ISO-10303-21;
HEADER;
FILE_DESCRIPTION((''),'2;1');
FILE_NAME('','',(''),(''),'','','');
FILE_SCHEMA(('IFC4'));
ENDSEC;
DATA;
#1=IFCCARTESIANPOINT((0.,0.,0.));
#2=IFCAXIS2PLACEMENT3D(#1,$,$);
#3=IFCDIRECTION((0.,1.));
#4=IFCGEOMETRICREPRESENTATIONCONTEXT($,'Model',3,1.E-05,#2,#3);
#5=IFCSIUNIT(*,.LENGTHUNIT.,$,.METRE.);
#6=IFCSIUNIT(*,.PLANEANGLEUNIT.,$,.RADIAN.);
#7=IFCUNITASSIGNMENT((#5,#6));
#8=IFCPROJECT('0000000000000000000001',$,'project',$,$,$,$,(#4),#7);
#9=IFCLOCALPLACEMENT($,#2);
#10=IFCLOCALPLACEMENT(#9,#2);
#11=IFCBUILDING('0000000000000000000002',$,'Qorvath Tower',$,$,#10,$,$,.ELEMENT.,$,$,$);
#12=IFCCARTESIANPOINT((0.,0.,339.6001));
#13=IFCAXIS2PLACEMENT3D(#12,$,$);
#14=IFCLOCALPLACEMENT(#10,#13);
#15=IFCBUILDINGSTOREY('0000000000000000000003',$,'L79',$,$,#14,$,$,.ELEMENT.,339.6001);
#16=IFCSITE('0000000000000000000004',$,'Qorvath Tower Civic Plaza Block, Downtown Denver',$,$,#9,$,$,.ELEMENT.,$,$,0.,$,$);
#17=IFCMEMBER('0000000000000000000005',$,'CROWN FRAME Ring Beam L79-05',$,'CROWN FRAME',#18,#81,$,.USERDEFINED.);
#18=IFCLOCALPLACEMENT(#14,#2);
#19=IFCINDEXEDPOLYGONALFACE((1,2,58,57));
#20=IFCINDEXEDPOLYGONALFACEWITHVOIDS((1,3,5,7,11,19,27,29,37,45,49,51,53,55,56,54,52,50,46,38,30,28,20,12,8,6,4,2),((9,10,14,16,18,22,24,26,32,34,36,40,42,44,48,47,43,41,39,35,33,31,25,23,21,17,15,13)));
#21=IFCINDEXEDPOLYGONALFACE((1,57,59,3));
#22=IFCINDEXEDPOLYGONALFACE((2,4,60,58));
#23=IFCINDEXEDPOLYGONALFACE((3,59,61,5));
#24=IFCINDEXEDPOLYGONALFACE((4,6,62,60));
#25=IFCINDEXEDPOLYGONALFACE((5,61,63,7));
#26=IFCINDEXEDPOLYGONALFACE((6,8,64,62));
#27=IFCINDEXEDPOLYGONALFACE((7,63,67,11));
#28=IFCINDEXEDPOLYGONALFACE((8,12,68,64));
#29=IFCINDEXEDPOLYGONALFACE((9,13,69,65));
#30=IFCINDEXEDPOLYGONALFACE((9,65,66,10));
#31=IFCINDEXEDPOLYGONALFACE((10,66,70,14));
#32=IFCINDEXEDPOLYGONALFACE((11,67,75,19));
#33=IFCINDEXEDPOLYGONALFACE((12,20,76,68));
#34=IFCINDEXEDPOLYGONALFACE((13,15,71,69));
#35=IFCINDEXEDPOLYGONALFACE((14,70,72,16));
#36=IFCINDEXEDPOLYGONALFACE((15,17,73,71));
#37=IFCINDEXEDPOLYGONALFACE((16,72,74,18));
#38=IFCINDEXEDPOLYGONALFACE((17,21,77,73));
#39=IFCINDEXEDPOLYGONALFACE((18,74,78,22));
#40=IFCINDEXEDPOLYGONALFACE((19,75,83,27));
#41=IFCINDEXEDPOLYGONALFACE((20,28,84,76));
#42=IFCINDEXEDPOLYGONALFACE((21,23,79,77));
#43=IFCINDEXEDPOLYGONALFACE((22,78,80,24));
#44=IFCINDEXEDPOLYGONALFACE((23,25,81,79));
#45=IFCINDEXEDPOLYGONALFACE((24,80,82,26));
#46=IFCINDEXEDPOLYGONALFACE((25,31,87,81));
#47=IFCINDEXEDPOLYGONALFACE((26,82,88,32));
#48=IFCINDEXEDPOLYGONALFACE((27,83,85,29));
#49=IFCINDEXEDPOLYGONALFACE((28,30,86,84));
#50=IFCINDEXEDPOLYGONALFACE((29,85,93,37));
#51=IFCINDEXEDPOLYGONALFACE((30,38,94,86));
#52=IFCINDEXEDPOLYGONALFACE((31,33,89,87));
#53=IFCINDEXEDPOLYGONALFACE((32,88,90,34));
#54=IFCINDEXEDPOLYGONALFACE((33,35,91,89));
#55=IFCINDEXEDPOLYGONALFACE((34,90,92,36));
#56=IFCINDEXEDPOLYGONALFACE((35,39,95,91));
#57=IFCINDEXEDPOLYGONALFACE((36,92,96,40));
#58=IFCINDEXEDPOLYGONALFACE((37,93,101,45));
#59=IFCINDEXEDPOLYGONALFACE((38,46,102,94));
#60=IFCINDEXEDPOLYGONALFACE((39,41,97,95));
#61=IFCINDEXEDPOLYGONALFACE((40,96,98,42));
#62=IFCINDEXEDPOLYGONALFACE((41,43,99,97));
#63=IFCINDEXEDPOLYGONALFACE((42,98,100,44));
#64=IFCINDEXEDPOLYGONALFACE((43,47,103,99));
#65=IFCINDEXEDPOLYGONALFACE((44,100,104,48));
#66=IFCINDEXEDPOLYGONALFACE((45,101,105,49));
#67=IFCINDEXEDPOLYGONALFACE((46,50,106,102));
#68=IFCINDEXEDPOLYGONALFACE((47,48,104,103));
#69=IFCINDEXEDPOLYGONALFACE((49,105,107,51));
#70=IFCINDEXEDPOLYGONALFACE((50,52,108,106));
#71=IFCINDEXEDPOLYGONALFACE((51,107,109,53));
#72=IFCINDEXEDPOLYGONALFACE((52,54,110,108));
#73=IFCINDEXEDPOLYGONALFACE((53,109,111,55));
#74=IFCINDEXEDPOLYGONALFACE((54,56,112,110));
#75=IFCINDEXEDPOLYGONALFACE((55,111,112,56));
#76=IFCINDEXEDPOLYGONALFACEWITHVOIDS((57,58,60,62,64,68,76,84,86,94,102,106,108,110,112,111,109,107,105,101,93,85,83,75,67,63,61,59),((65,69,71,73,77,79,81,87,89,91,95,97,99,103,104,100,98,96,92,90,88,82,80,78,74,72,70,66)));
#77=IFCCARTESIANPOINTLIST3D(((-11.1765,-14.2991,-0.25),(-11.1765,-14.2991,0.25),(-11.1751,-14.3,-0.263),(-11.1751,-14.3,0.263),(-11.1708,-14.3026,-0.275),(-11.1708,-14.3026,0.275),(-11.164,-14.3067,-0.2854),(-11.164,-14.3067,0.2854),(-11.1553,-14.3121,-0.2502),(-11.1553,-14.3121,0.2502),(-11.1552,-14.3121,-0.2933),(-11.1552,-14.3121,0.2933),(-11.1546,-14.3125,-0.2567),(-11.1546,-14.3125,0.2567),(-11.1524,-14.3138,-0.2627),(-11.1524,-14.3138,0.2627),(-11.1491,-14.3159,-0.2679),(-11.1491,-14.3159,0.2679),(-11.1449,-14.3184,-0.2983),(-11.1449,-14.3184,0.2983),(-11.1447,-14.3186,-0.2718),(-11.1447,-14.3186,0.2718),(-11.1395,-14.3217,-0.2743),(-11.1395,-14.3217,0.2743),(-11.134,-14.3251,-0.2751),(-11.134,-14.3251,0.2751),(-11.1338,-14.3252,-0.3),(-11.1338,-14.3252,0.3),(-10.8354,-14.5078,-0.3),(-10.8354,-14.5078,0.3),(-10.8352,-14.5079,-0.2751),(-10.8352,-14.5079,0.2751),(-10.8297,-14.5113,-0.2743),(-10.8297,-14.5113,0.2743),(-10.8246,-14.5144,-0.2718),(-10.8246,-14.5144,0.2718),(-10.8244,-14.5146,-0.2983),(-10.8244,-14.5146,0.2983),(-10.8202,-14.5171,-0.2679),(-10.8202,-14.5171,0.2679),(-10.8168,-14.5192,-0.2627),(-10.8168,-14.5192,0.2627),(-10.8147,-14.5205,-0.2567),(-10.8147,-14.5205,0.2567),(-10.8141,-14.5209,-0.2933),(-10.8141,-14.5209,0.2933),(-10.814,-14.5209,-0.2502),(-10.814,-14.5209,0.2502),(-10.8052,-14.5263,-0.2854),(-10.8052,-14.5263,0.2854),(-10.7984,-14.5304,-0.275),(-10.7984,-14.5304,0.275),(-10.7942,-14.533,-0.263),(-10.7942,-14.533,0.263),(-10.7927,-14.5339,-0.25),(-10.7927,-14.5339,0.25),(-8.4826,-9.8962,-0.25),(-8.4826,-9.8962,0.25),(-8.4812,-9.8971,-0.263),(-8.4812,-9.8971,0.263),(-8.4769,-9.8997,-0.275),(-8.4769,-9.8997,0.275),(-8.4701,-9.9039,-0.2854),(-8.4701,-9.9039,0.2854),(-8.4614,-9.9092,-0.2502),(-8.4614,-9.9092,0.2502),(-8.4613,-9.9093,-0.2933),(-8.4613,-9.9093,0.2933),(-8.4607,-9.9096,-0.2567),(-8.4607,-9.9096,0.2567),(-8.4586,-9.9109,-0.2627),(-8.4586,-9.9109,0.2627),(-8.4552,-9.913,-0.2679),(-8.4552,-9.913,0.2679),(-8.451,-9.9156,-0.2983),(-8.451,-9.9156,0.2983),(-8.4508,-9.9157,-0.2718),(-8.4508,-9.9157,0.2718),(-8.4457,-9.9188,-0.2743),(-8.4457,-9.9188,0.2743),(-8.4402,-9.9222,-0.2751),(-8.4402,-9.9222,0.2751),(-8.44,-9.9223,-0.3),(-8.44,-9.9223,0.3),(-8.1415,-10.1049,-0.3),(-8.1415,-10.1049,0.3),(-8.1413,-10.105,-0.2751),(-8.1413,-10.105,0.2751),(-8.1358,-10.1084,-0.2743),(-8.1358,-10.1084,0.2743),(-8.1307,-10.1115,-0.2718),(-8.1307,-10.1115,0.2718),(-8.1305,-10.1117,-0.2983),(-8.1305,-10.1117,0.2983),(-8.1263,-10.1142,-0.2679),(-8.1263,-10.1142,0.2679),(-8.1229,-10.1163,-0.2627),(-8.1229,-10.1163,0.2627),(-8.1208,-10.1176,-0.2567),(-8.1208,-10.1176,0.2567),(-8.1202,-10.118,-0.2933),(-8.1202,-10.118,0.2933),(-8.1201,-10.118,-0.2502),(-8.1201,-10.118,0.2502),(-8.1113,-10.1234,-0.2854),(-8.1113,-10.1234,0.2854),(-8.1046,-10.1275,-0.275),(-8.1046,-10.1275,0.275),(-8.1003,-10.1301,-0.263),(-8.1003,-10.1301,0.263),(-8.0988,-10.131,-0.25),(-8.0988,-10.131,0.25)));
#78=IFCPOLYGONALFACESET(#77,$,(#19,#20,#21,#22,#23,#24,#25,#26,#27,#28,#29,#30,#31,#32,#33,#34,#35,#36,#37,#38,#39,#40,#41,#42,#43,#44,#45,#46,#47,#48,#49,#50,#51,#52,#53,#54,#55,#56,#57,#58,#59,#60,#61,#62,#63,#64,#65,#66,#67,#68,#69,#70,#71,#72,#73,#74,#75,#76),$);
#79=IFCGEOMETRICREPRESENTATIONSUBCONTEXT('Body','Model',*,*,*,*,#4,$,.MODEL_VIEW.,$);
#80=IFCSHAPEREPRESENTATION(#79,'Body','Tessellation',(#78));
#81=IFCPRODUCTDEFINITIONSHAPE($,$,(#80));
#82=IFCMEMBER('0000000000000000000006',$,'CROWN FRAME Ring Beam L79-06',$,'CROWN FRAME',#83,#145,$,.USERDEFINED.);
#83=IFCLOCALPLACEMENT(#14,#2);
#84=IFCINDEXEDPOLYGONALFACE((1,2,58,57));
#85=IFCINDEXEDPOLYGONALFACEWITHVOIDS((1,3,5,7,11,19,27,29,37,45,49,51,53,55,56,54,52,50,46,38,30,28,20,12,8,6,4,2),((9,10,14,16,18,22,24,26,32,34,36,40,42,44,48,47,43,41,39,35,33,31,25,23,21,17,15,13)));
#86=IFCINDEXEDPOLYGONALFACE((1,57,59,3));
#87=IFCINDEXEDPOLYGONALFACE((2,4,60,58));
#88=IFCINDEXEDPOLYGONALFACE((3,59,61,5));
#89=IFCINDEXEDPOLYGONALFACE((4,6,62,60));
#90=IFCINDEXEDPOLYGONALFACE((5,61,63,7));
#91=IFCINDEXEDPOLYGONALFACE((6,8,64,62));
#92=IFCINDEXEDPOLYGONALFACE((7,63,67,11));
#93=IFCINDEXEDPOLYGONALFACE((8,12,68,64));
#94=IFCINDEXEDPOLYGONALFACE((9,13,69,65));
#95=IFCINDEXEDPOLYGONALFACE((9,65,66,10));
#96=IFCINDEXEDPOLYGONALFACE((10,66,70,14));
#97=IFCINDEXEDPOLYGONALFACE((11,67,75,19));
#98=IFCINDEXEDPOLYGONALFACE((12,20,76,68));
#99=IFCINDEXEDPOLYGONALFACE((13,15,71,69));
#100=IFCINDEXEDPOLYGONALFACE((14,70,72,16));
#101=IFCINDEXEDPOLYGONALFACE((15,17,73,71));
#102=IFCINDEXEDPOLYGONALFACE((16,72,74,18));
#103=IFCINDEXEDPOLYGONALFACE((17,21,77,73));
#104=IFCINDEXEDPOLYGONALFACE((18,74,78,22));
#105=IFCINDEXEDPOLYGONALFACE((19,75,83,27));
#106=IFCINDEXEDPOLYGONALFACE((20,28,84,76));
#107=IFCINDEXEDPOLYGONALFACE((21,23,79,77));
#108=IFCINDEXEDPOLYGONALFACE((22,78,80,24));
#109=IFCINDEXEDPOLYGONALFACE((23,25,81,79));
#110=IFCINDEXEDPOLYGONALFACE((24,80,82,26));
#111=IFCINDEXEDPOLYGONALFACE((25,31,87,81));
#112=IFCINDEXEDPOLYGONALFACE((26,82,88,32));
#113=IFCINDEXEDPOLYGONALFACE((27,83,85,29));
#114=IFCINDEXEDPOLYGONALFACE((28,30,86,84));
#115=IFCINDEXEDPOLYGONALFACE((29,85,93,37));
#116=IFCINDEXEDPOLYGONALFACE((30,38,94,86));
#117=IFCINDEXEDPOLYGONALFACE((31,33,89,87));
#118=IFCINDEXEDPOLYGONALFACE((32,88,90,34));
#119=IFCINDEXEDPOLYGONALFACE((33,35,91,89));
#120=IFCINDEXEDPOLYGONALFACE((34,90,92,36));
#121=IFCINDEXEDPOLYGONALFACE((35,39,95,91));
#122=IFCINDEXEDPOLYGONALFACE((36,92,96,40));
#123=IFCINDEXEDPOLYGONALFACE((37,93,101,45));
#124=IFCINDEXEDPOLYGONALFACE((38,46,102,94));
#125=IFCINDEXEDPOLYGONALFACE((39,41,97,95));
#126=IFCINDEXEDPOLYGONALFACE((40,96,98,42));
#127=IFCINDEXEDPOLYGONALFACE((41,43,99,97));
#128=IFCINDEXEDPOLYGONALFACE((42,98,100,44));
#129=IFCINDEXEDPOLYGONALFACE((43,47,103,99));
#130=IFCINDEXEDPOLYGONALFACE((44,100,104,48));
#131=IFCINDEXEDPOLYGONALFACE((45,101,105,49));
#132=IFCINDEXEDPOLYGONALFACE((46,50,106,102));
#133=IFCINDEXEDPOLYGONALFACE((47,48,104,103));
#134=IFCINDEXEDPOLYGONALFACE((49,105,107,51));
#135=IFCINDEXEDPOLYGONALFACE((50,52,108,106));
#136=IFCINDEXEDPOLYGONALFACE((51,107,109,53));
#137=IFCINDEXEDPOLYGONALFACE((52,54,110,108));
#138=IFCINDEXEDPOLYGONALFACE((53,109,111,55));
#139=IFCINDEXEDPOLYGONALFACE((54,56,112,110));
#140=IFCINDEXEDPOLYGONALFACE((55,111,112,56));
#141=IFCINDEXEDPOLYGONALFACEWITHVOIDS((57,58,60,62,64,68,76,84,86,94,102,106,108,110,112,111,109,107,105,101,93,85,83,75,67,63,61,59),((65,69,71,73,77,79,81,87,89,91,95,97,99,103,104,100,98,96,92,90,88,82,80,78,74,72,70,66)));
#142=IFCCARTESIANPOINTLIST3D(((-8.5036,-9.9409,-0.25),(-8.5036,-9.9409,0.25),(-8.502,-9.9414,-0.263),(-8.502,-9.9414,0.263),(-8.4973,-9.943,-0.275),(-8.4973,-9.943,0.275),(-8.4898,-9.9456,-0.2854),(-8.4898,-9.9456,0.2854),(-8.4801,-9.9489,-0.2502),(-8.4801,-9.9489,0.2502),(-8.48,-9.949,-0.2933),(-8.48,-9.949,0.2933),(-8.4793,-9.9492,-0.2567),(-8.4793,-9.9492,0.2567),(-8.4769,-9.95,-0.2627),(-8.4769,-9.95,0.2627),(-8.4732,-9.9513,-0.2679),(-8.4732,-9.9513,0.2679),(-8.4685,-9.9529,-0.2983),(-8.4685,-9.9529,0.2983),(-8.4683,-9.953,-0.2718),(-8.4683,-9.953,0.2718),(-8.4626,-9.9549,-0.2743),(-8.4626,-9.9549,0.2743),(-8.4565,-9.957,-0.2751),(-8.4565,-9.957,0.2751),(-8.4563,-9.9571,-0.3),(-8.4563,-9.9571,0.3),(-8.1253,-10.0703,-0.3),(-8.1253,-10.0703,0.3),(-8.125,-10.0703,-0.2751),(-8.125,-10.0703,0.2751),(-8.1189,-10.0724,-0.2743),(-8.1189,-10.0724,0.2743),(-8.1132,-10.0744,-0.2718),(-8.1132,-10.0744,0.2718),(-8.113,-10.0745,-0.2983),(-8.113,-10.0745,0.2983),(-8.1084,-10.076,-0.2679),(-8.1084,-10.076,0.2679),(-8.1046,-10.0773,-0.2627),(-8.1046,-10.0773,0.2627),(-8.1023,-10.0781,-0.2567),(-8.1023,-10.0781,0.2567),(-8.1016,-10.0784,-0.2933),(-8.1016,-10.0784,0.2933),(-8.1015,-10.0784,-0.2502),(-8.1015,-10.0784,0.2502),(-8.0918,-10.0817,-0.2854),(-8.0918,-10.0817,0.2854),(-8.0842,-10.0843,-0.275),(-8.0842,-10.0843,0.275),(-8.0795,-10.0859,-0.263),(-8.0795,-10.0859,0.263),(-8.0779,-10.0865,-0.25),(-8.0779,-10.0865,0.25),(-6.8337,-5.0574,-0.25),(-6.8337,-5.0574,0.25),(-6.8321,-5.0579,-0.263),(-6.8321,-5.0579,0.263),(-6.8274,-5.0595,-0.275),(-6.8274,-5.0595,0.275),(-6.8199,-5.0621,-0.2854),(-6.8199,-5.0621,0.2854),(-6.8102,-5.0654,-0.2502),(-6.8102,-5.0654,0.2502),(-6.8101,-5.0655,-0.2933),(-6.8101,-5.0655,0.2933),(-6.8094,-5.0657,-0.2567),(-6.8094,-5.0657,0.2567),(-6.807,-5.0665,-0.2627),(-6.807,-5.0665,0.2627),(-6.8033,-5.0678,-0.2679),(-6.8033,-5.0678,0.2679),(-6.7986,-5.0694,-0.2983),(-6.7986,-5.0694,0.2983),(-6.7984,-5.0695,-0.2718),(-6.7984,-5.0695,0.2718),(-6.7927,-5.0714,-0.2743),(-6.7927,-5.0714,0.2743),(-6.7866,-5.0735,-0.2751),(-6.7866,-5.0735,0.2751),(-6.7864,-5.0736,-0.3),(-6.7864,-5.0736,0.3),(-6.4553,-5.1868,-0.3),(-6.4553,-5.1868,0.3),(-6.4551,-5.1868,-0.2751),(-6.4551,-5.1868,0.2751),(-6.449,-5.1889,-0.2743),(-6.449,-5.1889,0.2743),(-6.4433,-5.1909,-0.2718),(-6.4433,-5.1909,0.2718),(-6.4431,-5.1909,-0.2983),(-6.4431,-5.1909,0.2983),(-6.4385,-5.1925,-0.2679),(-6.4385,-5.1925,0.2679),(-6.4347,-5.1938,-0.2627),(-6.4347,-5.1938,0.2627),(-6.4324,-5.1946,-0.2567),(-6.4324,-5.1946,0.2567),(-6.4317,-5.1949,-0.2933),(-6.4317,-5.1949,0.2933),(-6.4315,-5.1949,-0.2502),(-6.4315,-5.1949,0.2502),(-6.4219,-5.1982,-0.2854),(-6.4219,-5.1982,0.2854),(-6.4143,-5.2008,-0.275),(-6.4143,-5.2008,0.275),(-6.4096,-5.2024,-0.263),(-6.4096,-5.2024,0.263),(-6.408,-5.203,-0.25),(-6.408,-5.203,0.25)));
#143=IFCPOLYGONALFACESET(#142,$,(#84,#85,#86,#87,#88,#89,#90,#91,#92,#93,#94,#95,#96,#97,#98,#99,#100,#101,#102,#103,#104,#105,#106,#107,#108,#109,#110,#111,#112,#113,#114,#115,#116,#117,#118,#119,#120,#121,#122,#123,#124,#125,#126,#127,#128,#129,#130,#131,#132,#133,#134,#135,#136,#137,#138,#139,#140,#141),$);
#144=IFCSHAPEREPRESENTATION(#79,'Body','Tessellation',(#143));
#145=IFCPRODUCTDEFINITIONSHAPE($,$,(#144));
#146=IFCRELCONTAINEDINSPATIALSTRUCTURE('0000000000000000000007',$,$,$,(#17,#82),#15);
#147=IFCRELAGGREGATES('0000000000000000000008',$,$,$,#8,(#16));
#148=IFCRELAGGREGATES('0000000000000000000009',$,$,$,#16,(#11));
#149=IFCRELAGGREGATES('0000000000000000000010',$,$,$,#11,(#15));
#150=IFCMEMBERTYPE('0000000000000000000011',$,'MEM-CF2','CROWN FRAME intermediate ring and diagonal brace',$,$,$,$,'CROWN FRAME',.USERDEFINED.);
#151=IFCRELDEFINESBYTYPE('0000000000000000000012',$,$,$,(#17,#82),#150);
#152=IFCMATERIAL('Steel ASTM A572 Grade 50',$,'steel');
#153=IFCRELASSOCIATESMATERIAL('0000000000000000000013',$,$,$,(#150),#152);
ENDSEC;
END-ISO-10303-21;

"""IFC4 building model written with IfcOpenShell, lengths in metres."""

from ifc_helpers import new_model, si_unit, direction, frame, origin, origin_2d, place, context, subcontext, project, spatial, hollow_rectangle, extrude, material, material_profile, profile_set, type_object, element, save


model = new_model("IFC4")

# Units and contexts
model_context = context("Model", 3, precision=1e-05, world=origin(), true_north=direction((0.0, 1.0)))
body_context = subcontext(model_context, "Body", "Model", "MODEL_VIEW")
ifc_project = project(units=[si_unit("LENGTHUNIT", "METRE"), si_unit("PLANEANGLEUNIT", "RADIAN")], contexts=[model_context])

# Site, building, storey
site_placement = place(None, origin())
site = spatial("IfcSite", under=ifc_project, at=site_placement, Name="Qorvath Tower Civic Plaza Block, Downtown Denver", CompositionType="ELEMENT", RefElevation=0.0)
building_placement = place(site_placement, origin())
building = spatial("IfcBuilding", under=site, at=building_placement, Name="Qorvath Tower", CompositionType="ELEMENT")
storey_placement = place(building_placement, frame((0.0, 0.0, 339.6001)))
storey = spatial("IfcBuildingStorey", under=building, at=storey_placement, Name="L79", CompositionType="ELEMENT", Elevation=339.6001)

# Members
ifc_material_1 = material(Name="Steel ASTM A572 Grade 50", Category="steel")
ifc_material_profile_1 = material_profile(ifc_material_1, hollow_rectangle(XDim=0.45, YDim=0.6001, WallThickness=0.0249, InnerFilletRadius=0.0249, OuterFilletRadius=0.05, at=origin_2d()), Name="CROWN BOX 600x450x25")
ifc_profile_set_1 = profile_set([ifc_material_profile_1], Name="Steel ASTM A572 Grade 50")
member_type_1 = type_object("IfcMemberType", Name="MEM-CF2", Description="CROWN FRAME intermediate ring and diagonal brace", ElementType="CROWN FRAME", PredefinedType="USERDEFINED", material=ifc_profile_set_1)
member_1_placement = place(storey_placement, frame((-10.9846, -14.4165, 0.0), z_axis=(0.521905, 0.853003, 0.0), x_axis=(-0.853003, 0.521905, 0.0)))
element("IfcMember", 1, at=member_1_placement, inside=storey, type_object=member_type_1, Name="CROWN FRAME Ring Beam L79-05", ObjectType="CROWN FRAME", PredefinedType="USERDEFINED", context=body_context, shape_type="SweptSolid", body=[
    extrude(hollow_rectangle(XDim=0.45, YDim=0.6001, WallThickness=0.0249, InnerFilletRadius=0.0249, OuterFilletRadius=0.05, at=origin_2d()), origin(), (0.0, 0.0, 1.0), 5.1616),
])
for number, where, z_axis, x_axis, name in (
    (2, (-8.2908, -10.0137, 0.0), (0.323555, 0.946209, 0.0), (-0.946209, 0.323555, 0.0), "CROWN FRAME Ring Beam L79-06"),
):
    element("IfcMember", number, at=place(storey_placement, frame(where, z_axis=z_axis, x_axis=x_axis)), inside=storey, type_object=member_type_1, Name=name, ObjectType="CROWN FRAME", PredefinedType="USERDEFINED", context=body_context, shape_type="SweptSolid", body=[
        extrude(hollow_rectangle(XDim=0.45, YDim=0.6001, WallThickness=0.0249, InnerFilletRadius=0.0249, OuterFilletRadius=0.05, at=origin_2d()), origin(), (0.0, 0.0, 1.0), 5.1611),
    ])

save(model, "model.ifc")
